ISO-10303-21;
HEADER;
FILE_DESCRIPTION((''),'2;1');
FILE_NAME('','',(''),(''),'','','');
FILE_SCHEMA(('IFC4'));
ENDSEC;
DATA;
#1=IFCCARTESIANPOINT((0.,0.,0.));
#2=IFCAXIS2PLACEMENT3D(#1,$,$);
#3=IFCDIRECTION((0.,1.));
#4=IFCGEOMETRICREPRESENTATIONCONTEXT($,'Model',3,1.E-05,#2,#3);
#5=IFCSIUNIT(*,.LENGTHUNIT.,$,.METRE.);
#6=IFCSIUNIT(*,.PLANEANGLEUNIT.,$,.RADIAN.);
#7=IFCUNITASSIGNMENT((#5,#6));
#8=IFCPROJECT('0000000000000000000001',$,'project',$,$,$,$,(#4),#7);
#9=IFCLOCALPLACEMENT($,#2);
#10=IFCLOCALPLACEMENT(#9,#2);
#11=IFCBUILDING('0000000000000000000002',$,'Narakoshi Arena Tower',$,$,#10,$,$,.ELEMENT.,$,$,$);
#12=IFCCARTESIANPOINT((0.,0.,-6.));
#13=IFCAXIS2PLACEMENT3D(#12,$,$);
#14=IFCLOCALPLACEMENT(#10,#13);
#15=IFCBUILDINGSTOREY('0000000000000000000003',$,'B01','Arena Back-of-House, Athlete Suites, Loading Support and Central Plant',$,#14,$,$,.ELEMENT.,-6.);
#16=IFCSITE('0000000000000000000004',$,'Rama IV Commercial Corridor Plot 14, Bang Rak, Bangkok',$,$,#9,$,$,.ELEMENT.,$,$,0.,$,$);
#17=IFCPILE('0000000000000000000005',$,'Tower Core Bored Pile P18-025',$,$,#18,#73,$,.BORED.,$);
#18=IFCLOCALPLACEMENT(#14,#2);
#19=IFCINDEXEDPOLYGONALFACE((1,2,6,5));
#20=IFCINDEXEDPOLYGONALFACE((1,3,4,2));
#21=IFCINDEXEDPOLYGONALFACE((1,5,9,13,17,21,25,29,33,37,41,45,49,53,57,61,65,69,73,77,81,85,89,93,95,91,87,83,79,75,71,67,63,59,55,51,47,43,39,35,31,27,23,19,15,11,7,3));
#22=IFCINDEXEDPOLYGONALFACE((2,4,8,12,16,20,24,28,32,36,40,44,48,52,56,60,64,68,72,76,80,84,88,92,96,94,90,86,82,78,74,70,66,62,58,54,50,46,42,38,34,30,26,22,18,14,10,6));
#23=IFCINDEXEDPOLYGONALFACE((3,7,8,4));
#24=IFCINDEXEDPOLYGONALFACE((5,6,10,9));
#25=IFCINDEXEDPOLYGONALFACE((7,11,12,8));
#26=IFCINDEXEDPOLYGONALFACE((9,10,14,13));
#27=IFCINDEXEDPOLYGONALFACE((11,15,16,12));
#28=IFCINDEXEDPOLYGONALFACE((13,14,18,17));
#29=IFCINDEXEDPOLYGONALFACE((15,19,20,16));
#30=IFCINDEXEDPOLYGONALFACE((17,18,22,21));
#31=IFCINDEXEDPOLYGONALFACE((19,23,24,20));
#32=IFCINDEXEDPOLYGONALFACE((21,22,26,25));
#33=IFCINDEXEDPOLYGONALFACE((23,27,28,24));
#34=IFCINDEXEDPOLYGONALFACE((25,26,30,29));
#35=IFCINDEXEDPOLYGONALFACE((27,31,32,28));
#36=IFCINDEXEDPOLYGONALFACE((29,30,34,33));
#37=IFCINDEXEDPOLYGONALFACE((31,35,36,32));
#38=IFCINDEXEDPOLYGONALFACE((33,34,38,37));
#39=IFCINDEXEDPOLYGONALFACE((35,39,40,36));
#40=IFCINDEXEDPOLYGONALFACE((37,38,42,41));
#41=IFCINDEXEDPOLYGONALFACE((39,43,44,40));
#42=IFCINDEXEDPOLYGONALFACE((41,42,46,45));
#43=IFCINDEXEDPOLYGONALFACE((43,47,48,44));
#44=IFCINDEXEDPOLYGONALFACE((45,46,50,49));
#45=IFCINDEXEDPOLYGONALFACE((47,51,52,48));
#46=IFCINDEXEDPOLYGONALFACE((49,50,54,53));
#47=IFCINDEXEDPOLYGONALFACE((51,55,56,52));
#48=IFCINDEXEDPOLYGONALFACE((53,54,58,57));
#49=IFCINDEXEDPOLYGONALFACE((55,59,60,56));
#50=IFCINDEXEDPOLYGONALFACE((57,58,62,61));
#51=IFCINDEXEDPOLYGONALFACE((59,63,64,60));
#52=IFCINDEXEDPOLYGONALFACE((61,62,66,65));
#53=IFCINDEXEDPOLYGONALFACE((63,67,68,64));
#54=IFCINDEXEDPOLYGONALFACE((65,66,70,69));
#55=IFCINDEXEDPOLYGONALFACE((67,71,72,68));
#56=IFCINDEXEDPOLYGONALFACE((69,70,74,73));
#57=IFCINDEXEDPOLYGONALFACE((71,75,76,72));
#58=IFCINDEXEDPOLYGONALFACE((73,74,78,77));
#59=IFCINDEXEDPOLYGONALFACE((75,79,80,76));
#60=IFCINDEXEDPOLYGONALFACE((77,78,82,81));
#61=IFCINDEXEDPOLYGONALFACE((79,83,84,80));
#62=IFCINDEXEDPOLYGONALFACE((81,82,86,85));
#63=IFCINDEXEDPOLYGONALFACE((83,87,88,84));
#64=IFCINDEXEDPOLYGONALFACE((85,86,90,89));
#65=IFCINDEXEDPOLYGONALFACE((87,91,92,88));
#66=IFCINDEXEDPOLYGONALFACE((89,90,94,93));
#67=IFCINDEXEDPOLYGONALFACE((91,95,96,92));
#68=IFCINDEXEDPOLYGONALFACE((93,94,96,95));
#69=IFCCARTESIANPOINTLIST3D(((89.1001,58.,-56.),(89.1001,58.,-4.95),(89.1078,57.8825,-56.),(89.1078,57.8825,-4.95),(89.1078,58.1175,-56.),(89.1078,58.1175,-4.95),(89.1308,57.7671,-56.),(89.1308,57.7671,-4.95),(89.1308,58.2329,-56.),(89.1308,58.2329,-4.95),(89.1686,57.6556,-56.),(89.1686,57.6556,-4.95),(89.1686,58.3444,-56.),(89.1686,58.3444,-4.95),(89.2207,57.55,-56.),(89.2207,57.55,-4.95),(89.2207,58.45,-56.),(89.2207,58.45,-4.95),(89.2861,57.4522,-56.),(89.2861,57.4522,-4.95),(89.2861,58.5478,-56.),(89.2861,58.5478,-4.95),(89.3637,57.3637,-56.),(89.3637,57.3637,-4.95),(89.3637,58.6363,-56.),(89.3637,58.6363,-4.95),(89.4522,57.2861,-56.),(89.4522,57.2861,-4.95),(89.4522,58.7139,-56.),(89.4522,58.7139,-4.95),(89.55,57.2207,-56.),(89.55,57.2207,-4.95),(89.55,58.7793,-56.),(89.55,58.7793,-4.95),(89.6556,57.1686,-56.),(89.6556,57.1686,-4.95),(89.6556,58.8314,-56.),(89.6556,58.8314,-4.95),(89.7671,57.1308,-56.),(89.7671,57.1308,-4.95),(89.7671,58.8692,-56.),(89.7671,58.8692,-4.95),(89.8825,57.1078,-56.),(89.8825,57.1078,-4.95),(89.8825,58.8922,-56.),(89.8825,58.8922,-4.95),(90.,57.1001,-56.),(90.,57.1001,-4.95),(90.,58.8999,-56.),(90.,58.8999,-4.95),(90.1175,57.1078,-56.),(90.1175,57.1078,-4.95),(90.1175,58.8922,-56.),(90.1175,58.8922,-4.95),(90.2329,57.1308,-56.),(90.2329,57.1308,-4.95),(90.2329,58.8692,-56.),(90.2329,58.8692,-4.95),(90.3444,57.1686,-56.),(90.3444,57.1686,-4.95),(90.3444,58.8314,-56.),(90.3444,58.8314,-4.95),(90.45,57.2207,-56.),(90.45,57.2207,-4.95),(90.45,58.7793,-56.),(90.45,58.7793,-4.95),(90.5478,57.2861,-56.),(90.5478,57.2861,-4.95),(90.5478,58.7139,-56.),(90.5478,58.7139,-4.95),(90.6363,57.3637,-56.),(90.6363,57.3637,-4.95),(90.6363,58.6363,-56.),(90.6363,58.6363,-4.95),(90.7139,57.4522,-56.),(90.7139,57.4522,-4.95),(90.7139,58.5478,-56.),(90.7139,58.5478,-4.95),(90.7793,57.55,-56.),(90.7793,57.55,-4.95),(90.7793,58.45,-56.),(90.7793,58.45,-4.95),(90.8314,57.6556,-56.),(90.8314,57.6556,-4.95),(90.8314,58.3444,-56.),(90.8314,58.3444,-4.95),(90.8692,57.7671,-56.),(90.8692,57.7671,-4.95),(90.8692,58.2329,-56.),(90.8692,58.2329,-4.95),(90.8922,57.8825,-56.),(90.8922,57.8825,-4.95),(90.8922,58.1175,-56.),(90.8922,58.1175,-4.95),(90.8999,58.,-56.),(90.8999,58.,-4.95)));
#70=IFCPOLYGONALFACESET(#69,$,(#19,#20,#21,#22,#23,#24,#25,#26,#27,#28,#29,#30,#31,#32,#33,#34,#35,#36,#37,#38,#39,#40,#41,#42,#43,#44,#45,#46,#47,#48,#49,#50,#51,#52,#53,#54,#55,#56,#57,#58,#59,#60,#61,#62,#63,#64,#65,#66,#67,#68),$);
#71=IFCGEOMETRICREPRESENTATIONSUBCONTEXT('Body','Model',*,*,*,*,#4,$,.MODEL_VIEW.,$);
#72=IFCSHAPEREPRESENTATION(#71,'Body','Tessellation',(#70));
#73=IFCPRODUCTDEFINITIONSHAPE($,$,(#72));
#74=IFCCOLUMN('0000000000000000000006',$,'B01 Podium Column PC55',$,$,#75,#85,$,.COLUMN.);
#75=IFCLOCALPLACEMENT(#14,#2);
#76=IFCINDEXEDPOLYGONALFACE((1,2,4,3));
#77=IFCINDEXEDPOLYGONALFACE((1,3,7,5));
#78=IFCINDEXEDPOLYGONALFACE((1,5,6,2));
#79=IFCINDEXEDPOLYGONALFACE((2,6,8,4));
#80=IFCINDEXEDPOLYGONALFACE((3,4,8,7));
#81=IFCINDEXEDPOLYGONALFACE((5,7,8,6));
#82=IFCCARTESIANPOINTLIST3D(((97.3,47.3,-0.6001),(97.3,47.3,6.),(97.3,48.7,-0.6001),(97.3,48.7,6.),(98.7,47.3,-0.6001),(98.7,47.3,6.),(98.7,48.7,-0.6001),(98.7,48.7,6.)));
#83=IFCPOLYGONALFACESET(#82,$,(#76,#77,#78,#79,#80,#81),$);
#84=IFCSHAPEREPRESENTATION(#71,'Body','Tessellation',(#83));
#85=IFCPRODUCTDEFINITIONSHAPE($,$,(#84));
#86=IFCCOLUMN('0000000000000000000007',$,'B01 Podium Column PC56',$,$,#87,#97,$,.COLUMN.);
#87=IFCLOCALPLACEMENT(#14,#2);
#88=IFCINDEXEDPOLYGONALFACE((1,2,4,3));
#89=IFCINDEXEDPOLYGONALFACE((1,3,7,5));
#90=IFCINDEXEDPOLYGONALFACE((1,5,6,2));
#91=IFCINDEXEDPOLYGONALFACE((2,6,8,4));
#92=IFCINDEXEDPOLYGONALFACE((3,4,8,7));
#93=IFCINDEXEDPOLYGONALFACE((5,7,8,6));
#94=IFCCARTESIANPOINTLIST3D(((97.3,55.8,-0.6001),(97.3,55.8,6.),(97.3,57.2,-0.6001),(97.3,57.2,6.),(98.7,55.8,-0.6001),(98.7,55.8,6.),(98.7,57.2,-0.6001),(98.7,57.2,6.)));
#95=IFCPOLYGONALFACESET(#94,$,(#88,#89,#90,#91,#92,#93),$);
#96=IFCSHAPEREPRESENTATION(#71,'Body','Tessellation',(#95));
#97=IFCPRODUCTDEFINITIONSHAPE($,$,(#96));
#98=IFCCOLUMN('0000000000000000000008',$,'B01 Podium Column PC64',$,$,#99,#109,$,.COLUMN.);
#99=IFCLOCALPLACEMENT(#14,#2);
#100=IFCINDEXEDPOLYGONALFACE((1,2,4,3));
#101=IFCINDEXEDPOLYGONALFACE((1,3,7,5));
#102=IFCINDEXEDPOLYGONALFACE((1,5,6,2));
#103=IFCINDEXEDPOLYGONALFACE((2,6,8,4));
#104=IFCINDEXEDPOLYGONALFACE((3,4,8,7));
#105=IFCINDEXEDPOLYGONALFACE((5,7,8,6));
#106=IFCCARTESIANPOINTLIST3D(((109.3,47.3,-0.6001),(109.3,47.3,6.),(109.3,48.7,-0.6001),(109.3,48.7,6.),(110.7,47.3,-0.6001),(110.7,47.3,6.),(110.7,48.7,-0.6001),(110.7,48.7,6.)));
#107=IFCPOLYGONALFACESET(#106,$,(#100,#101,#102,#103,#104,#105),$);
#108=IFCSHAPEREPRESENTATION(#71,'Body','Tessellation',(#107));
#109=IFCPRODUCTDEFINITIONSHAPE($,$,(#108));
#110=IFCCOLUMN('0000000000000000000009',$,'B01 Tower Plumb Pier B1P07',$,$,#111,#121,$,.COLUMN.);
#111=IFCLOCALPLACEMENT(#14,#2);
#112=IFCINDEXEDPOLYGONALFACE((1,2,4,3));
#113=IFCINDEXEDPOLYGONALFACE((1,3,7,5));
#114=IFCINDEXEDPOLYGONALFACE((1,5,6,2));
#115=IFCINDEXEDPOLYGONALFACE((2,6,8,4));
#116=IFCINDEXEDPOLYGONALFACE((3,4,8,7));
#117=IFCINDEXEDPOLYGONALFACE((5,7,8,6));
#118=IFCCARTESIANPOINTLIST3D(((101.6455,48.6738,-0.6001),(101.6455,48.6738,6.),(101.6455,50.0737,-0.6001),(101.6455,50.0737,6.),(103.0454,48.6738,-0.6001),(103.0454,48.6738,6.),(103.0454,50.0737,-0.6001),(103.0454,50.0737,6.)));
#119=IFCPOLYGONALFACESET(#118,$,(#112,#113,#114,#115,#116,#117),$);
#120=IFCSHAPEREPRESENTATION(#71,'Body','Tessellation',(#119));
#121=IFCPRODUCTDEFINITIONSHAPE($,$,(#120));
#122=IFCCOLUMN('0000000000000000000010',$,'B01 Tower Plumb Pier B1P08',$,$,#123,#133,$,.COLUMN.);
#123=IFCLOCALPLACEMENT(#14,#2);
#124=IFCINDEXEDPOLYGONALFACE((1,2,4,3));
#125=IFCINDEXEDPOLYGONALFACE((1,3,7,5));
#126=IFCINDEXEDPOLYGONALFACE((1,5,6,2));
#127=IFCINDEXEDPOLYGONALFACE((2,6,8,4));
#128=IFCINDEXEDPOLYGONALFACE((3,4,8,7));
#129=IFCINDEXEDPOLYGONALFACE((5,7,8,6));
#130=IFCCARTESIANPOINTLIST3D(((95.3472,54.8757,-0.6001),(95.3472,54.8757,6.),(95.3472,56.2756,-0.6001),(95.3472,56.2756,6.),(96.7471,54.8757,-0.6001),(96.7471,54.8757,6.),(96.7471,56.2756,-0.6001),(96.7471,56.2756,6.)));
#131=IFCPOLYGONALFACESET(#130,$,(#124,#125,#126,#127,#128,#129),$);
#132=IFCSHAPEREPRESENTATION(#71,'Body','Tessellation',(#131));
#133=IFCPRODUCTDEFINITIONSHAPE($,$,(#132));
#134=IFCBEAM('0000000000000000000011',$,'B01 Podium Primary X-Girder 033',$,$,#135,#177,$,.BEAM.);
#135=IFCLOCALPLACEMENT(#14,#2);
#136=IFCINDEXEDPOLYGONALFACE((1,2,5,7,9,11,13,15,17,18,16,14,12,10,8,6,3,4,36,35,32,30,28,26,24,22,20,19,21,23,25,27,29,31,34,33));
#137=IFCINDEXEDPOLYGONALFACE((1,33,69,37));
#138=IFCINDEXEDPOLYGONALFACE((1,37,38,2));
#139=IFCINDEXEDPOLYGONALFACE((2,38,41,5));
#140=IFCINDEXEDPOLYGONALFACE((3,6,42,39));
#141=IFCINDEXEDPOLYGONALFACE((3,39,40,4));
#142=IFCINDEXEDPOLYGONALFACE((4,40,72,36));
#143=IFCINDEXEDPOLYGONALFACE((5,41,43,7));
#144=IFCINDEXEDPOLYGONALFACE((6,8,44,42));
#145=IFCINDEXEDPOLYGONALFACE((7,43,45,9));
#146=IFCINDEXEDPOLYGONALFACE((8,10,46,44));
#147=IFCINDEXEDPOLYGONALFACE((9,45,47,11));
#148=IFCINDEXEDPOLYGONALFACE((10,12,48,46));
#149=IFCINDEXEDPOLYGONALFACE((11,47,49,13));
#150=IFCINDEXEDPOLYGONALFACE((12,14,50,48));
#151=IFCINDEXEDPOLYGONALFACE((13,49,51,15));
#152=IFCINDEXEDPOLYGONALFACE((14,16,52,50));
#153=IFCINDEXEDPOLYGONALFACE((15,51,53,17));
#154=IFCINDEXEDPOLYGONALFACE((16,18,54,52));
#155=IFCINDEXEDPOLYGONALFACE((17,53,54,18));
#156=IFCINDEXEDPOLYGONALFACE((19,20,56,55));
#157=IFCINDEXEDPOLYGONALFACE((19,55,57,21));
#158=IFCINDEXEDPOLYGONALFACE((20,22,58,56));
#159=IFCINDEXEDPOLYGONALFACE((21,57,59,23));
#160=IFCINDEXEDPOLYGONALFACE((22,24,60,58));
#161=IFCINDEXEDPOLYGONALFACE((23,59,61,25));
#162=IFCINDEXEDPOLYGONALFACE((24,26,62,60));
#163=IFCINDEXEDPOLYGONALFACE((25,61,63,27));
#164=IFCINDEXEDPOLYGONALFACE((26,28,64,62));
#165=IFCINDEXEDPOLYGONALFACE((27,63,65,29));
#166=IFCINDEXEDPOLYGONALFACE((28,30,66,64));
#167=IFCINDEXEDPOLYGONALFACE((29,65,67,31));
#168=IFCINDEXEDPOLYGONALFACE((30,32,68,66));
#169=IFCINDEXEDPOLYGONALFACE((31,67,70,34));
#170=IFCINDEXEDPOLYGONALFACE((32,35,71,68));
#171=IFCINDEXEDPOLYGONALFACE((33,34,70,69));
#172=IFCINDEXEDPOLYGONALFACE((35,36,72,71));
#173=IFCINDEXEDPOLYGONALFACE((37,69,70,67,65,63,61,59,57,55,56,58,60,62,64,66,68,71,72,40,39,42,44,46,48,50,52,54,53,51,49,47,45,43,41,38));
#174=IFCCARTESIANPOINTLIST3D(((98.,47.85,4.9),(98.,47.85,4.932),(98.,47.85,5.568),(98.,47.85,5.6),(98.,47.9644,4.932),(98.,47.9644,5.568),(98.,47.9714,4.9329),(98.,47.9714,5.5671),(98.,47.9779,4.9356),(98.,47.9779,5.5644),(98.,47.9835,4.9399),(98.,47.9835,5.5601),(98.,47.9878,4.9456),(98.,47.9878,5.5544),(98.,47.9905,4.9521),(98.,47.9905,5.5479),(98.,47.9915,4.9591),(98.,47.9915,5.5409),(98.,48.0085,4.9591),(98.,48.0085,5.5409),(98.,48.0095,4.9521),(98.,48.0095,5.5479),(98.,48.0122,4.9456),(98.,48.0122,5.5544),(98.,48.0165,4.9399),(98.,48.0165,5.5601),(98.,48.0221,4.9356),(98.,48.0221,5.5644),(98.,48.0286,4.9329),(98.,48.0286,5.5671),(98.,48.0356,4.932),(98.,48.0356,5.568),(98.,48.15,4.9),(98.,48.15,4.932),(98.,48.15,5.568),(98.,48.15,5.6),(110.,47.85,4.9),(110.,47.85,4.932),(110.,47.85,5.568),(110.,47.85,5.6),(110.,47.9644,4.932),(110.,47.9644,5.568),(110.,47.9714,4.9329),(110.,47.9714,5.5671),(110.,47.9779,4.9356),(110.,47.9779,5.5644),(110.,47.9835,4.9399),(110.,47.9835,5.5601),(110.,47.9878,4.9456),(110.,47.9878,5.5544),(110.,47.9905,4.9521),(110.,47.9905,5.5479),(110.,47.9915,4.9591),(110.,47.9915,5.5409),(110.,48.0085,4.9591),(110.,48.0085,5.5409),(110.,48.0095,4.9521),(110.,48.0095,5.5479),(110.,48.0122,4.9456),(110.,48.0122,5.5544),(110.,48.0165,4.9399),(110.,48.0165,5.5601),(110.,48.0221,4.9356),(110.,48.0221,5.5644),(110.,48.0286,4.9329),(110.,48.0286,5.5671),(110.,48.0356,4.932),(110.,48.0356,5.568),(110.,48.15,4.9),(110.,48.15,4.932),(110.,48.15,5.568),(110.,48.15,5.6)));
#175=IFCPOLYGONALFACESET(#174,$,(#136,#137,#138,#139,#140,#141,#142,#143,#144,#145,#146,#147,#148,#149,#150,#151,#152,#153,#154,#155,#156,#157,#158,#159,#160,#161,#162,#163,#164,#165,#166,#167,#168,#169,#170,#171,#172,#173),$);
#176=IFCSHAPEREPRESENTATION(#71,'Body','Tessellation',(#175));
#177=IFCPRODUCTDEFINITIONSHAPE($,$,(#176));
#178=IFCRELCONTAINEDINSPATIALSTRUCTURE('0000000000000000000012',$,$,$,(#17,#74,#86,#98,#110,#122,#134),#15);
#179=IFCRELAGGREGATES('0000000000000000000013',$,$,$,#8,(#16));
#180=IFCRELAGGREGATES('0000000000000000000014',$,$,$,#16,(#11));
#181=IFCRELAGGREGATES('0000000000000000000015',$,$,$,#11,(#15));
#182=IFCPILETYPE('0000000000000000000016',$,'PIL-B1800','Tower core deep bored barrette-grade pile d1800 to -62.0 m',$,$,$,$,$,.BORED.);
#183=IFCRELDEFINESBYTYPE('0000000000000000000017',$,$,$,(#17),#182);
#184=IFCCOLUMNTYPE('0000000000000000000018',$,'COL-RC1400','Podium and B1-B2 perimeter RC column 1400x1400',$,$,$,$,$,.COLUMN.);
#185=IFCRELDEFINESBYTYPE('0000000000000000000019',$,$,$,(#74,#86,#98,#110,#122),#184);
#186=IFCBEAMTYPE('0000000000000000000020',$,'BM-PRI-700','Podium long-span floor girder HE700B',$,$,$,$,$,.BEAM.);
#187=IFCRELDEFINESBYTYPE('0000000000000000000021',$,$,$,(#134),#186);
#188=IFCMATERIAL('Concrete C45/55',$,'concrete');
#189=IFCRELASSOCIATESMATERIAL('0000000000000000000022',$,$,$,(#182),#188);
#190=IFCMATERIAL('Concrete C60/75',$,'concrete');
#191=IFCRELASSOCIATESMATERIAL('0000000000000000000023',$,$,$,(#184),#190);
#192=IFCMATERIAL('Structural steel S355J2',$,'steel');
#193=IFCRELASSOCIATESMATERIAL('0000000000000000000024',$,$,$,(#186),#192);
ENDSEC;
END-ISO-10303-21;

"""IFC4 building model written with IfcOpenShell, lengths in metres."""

from ifc_helpers import new_model, si_unit, direction, frame, origin, origin_2d, place, context, subcontext, project, spatial, rectangle, circle, i_section, extrude, material, material_profile, profile_set, type_object, element, save


model = new_model("IFC4")

# Units and contexts
model_context = context("Model", 3, precision=1e-05, world=origin(), true_north=direction((0.0, 1.0)))
body_context = subcontext(model_context, "Body", "Model", "MODEL_VIEW")
ifc_project = project(units=[si_unit("LENGTHUNIT", "METRE"), si_unit("PLANEANGLEUNIT", "RADIAN")], contexts=[model_context])

# Site, building, storey
site_placement = place(None, origin())
site = spatial("IfcSite", under=ifc_project, at=site_placement, Name="Rama IV Commercial Corridor Plot 14, Bang Rak, Bangkok", CompositionType="ELEMENT", RefElevation=0.0)
building_placement = place(site_placement, origin())
building = spatial("IfcBuilding", under=site, at=building_placement, Name="Narakoshi Arena Tower", CompositionType="ELEMENT")
storey_placement = place(building_placement, frame((0.0, 0.0, -6.0)))
storey = spatial("IfcBuildingStorey", under=building, at=storey_placement, Name="B01", Description="Arena Back-of-House, Athlete Suites, Loading Support and Central Plant", CompositionType="ELEMENT", Elevation=-6.0)

# Pile
ifc_material_1 = material(Name="Concrete C45/55", Category="concrete")
ifc_material_profile_1 = material_profile(ifc_material_1, circle(Radius=0.8999, at=origin_2d()), Name="PILE-D1800")
ifc_profile_set_1 = profile_set([ifc_material_profile_1], Name="Concrete C45/55")
pile_type_1 = type_object("IfcPileType", Name="PIL-B1800", Description="Tower core deep bored barrette-grade pile d1800 to -62.0 m", PredefinedType="BORED", material=ifc_profile_set_1)
pile_1_placement = place(storey_placement, frame((90.0, 58.0, -4.95), z_axis=(0.0, 0.0, -1.0), x_axis=(1.0, 0.0, 0.0)))
element("IfcPile", 1, at=pile_1_placement, inside=storey, type_object=pile_type_1, Name="Tower Core Bored Pile P18-025", PredefinedType="BORED", context=body_context, shape_type="SweptSolid", body=[
    extrude(circle(Radius=0.8999, at=origin_2d()), origin(), (0.0, 0.0, 1.0), 51.05),
])

# Columns
ifc_material_2 = material(Name="Concrete C60/75", Category="concrete")
ifc_material_profile_2 = material_profile(ifc_material_2, rectangle(XDim=1.3999, YDim=1.3999, at=origin_2d()), Name="RC1400x1400")
ifc_profile_set_2 = profile_set([ifc_material_profile_2], Name="Concrete C60/75")
column_type = type_object("IfcColumnType", Name="COL-RC1400", Description="Podium and B1-B2 perimeter RC column 1400x1400", PredefinedType="COLUMN", material=ifc_profile_set_2)
for number, where, z_axis, x_axis, name in (
    (2, (98.0, 48.0, -0.6001), (0.0, 0.0, 1.0), (1.0, 0.0, 0.0), "B01 Podium Column PC55"),
    (3, (98.0, 56.5, -0.6001), (0.0, 0.0, 1.0), (1.0, 0.0, 0.0), "B01 Podium Column PC56"),
    (4, (110.0, 48.0, -0.6001), (0.0, 0.0, 1.0), (1.0, 0.0, 0.0), "B01 Podium Column PC64"),
    (5, (102.3455, 49.3738, -0.6001), (0.0, 0.0, 1.0), (1.0, 0.0, 0.0), "B01 Tower Plumb Pier B1P07"),
    (6, (96.0471, 55.5757, -0.6001), (0.0, 0.0, 1.0), (1.0, 0.0, 0.0), "B01 Tower Plumb Pier B1P08"),
):
    element("IfcColumn", number, at=place(storey_placement, frame(where, z_axis=z_axis, x_axis=x_axis)), inside=storey, type_object=column_type, Name=name, PredefinedType="COLUMN", context=body_context, shape_type="SweptSolid", body=[
        extrude(rectangle(XDim=1.3999, YDim=1.3999, at=origin_2d()), origin(), (0.0, 0.0, 1.0), 6.6001),
    ])

# Beam
ifc_material_3 = material(Name="Structural steel S355J2", Category="steel")
ifc_material_profile_3 = material_profile(ifc_material_3, i_section(OverallWidth=0.3, OverallDepth=0.7, WebThickness=0.0171, FlangeThickness=0.032, FilletRadius=0.0271, at=origin_2d()), Name="HE700B")
ifc_profile_set_3 = profile_set([ifc_material_profile_3], Name="Structural steel S355J2")
beam_type_1 = type_object("IfcBeamType", Name="BM-PRI-700", Description="Podium long-span floor girder HE700B", PredefinedType="BEAM", material=ifc_profile_set_3)
beam_1_placement = place(storey_placement, frame((98.0, 48.0, 5.25), z_axis=(1.0, 0.0, 0.0), x_axis=(0.0, 1.0, 0.0)))
element("IfcBeam", 7, at=beam_1_placement, inside=storey, type_object=beam_type_1, Name="B01 Podium Primary X-Girder 033", PredefinedType="BEAM", context=body_context, shape_type="SweptSolid", body=[
    extrude(i_section(OverallWidth=0.3, OverallDepth=0.7, WebThickness=0.0171, FlangeThickness=0.032, FilletRadius=0.0271, at=origin_2d()), origin(), (0.0, 0.0, 1.0), 12.0),
])

save(model, "model.ifc")
